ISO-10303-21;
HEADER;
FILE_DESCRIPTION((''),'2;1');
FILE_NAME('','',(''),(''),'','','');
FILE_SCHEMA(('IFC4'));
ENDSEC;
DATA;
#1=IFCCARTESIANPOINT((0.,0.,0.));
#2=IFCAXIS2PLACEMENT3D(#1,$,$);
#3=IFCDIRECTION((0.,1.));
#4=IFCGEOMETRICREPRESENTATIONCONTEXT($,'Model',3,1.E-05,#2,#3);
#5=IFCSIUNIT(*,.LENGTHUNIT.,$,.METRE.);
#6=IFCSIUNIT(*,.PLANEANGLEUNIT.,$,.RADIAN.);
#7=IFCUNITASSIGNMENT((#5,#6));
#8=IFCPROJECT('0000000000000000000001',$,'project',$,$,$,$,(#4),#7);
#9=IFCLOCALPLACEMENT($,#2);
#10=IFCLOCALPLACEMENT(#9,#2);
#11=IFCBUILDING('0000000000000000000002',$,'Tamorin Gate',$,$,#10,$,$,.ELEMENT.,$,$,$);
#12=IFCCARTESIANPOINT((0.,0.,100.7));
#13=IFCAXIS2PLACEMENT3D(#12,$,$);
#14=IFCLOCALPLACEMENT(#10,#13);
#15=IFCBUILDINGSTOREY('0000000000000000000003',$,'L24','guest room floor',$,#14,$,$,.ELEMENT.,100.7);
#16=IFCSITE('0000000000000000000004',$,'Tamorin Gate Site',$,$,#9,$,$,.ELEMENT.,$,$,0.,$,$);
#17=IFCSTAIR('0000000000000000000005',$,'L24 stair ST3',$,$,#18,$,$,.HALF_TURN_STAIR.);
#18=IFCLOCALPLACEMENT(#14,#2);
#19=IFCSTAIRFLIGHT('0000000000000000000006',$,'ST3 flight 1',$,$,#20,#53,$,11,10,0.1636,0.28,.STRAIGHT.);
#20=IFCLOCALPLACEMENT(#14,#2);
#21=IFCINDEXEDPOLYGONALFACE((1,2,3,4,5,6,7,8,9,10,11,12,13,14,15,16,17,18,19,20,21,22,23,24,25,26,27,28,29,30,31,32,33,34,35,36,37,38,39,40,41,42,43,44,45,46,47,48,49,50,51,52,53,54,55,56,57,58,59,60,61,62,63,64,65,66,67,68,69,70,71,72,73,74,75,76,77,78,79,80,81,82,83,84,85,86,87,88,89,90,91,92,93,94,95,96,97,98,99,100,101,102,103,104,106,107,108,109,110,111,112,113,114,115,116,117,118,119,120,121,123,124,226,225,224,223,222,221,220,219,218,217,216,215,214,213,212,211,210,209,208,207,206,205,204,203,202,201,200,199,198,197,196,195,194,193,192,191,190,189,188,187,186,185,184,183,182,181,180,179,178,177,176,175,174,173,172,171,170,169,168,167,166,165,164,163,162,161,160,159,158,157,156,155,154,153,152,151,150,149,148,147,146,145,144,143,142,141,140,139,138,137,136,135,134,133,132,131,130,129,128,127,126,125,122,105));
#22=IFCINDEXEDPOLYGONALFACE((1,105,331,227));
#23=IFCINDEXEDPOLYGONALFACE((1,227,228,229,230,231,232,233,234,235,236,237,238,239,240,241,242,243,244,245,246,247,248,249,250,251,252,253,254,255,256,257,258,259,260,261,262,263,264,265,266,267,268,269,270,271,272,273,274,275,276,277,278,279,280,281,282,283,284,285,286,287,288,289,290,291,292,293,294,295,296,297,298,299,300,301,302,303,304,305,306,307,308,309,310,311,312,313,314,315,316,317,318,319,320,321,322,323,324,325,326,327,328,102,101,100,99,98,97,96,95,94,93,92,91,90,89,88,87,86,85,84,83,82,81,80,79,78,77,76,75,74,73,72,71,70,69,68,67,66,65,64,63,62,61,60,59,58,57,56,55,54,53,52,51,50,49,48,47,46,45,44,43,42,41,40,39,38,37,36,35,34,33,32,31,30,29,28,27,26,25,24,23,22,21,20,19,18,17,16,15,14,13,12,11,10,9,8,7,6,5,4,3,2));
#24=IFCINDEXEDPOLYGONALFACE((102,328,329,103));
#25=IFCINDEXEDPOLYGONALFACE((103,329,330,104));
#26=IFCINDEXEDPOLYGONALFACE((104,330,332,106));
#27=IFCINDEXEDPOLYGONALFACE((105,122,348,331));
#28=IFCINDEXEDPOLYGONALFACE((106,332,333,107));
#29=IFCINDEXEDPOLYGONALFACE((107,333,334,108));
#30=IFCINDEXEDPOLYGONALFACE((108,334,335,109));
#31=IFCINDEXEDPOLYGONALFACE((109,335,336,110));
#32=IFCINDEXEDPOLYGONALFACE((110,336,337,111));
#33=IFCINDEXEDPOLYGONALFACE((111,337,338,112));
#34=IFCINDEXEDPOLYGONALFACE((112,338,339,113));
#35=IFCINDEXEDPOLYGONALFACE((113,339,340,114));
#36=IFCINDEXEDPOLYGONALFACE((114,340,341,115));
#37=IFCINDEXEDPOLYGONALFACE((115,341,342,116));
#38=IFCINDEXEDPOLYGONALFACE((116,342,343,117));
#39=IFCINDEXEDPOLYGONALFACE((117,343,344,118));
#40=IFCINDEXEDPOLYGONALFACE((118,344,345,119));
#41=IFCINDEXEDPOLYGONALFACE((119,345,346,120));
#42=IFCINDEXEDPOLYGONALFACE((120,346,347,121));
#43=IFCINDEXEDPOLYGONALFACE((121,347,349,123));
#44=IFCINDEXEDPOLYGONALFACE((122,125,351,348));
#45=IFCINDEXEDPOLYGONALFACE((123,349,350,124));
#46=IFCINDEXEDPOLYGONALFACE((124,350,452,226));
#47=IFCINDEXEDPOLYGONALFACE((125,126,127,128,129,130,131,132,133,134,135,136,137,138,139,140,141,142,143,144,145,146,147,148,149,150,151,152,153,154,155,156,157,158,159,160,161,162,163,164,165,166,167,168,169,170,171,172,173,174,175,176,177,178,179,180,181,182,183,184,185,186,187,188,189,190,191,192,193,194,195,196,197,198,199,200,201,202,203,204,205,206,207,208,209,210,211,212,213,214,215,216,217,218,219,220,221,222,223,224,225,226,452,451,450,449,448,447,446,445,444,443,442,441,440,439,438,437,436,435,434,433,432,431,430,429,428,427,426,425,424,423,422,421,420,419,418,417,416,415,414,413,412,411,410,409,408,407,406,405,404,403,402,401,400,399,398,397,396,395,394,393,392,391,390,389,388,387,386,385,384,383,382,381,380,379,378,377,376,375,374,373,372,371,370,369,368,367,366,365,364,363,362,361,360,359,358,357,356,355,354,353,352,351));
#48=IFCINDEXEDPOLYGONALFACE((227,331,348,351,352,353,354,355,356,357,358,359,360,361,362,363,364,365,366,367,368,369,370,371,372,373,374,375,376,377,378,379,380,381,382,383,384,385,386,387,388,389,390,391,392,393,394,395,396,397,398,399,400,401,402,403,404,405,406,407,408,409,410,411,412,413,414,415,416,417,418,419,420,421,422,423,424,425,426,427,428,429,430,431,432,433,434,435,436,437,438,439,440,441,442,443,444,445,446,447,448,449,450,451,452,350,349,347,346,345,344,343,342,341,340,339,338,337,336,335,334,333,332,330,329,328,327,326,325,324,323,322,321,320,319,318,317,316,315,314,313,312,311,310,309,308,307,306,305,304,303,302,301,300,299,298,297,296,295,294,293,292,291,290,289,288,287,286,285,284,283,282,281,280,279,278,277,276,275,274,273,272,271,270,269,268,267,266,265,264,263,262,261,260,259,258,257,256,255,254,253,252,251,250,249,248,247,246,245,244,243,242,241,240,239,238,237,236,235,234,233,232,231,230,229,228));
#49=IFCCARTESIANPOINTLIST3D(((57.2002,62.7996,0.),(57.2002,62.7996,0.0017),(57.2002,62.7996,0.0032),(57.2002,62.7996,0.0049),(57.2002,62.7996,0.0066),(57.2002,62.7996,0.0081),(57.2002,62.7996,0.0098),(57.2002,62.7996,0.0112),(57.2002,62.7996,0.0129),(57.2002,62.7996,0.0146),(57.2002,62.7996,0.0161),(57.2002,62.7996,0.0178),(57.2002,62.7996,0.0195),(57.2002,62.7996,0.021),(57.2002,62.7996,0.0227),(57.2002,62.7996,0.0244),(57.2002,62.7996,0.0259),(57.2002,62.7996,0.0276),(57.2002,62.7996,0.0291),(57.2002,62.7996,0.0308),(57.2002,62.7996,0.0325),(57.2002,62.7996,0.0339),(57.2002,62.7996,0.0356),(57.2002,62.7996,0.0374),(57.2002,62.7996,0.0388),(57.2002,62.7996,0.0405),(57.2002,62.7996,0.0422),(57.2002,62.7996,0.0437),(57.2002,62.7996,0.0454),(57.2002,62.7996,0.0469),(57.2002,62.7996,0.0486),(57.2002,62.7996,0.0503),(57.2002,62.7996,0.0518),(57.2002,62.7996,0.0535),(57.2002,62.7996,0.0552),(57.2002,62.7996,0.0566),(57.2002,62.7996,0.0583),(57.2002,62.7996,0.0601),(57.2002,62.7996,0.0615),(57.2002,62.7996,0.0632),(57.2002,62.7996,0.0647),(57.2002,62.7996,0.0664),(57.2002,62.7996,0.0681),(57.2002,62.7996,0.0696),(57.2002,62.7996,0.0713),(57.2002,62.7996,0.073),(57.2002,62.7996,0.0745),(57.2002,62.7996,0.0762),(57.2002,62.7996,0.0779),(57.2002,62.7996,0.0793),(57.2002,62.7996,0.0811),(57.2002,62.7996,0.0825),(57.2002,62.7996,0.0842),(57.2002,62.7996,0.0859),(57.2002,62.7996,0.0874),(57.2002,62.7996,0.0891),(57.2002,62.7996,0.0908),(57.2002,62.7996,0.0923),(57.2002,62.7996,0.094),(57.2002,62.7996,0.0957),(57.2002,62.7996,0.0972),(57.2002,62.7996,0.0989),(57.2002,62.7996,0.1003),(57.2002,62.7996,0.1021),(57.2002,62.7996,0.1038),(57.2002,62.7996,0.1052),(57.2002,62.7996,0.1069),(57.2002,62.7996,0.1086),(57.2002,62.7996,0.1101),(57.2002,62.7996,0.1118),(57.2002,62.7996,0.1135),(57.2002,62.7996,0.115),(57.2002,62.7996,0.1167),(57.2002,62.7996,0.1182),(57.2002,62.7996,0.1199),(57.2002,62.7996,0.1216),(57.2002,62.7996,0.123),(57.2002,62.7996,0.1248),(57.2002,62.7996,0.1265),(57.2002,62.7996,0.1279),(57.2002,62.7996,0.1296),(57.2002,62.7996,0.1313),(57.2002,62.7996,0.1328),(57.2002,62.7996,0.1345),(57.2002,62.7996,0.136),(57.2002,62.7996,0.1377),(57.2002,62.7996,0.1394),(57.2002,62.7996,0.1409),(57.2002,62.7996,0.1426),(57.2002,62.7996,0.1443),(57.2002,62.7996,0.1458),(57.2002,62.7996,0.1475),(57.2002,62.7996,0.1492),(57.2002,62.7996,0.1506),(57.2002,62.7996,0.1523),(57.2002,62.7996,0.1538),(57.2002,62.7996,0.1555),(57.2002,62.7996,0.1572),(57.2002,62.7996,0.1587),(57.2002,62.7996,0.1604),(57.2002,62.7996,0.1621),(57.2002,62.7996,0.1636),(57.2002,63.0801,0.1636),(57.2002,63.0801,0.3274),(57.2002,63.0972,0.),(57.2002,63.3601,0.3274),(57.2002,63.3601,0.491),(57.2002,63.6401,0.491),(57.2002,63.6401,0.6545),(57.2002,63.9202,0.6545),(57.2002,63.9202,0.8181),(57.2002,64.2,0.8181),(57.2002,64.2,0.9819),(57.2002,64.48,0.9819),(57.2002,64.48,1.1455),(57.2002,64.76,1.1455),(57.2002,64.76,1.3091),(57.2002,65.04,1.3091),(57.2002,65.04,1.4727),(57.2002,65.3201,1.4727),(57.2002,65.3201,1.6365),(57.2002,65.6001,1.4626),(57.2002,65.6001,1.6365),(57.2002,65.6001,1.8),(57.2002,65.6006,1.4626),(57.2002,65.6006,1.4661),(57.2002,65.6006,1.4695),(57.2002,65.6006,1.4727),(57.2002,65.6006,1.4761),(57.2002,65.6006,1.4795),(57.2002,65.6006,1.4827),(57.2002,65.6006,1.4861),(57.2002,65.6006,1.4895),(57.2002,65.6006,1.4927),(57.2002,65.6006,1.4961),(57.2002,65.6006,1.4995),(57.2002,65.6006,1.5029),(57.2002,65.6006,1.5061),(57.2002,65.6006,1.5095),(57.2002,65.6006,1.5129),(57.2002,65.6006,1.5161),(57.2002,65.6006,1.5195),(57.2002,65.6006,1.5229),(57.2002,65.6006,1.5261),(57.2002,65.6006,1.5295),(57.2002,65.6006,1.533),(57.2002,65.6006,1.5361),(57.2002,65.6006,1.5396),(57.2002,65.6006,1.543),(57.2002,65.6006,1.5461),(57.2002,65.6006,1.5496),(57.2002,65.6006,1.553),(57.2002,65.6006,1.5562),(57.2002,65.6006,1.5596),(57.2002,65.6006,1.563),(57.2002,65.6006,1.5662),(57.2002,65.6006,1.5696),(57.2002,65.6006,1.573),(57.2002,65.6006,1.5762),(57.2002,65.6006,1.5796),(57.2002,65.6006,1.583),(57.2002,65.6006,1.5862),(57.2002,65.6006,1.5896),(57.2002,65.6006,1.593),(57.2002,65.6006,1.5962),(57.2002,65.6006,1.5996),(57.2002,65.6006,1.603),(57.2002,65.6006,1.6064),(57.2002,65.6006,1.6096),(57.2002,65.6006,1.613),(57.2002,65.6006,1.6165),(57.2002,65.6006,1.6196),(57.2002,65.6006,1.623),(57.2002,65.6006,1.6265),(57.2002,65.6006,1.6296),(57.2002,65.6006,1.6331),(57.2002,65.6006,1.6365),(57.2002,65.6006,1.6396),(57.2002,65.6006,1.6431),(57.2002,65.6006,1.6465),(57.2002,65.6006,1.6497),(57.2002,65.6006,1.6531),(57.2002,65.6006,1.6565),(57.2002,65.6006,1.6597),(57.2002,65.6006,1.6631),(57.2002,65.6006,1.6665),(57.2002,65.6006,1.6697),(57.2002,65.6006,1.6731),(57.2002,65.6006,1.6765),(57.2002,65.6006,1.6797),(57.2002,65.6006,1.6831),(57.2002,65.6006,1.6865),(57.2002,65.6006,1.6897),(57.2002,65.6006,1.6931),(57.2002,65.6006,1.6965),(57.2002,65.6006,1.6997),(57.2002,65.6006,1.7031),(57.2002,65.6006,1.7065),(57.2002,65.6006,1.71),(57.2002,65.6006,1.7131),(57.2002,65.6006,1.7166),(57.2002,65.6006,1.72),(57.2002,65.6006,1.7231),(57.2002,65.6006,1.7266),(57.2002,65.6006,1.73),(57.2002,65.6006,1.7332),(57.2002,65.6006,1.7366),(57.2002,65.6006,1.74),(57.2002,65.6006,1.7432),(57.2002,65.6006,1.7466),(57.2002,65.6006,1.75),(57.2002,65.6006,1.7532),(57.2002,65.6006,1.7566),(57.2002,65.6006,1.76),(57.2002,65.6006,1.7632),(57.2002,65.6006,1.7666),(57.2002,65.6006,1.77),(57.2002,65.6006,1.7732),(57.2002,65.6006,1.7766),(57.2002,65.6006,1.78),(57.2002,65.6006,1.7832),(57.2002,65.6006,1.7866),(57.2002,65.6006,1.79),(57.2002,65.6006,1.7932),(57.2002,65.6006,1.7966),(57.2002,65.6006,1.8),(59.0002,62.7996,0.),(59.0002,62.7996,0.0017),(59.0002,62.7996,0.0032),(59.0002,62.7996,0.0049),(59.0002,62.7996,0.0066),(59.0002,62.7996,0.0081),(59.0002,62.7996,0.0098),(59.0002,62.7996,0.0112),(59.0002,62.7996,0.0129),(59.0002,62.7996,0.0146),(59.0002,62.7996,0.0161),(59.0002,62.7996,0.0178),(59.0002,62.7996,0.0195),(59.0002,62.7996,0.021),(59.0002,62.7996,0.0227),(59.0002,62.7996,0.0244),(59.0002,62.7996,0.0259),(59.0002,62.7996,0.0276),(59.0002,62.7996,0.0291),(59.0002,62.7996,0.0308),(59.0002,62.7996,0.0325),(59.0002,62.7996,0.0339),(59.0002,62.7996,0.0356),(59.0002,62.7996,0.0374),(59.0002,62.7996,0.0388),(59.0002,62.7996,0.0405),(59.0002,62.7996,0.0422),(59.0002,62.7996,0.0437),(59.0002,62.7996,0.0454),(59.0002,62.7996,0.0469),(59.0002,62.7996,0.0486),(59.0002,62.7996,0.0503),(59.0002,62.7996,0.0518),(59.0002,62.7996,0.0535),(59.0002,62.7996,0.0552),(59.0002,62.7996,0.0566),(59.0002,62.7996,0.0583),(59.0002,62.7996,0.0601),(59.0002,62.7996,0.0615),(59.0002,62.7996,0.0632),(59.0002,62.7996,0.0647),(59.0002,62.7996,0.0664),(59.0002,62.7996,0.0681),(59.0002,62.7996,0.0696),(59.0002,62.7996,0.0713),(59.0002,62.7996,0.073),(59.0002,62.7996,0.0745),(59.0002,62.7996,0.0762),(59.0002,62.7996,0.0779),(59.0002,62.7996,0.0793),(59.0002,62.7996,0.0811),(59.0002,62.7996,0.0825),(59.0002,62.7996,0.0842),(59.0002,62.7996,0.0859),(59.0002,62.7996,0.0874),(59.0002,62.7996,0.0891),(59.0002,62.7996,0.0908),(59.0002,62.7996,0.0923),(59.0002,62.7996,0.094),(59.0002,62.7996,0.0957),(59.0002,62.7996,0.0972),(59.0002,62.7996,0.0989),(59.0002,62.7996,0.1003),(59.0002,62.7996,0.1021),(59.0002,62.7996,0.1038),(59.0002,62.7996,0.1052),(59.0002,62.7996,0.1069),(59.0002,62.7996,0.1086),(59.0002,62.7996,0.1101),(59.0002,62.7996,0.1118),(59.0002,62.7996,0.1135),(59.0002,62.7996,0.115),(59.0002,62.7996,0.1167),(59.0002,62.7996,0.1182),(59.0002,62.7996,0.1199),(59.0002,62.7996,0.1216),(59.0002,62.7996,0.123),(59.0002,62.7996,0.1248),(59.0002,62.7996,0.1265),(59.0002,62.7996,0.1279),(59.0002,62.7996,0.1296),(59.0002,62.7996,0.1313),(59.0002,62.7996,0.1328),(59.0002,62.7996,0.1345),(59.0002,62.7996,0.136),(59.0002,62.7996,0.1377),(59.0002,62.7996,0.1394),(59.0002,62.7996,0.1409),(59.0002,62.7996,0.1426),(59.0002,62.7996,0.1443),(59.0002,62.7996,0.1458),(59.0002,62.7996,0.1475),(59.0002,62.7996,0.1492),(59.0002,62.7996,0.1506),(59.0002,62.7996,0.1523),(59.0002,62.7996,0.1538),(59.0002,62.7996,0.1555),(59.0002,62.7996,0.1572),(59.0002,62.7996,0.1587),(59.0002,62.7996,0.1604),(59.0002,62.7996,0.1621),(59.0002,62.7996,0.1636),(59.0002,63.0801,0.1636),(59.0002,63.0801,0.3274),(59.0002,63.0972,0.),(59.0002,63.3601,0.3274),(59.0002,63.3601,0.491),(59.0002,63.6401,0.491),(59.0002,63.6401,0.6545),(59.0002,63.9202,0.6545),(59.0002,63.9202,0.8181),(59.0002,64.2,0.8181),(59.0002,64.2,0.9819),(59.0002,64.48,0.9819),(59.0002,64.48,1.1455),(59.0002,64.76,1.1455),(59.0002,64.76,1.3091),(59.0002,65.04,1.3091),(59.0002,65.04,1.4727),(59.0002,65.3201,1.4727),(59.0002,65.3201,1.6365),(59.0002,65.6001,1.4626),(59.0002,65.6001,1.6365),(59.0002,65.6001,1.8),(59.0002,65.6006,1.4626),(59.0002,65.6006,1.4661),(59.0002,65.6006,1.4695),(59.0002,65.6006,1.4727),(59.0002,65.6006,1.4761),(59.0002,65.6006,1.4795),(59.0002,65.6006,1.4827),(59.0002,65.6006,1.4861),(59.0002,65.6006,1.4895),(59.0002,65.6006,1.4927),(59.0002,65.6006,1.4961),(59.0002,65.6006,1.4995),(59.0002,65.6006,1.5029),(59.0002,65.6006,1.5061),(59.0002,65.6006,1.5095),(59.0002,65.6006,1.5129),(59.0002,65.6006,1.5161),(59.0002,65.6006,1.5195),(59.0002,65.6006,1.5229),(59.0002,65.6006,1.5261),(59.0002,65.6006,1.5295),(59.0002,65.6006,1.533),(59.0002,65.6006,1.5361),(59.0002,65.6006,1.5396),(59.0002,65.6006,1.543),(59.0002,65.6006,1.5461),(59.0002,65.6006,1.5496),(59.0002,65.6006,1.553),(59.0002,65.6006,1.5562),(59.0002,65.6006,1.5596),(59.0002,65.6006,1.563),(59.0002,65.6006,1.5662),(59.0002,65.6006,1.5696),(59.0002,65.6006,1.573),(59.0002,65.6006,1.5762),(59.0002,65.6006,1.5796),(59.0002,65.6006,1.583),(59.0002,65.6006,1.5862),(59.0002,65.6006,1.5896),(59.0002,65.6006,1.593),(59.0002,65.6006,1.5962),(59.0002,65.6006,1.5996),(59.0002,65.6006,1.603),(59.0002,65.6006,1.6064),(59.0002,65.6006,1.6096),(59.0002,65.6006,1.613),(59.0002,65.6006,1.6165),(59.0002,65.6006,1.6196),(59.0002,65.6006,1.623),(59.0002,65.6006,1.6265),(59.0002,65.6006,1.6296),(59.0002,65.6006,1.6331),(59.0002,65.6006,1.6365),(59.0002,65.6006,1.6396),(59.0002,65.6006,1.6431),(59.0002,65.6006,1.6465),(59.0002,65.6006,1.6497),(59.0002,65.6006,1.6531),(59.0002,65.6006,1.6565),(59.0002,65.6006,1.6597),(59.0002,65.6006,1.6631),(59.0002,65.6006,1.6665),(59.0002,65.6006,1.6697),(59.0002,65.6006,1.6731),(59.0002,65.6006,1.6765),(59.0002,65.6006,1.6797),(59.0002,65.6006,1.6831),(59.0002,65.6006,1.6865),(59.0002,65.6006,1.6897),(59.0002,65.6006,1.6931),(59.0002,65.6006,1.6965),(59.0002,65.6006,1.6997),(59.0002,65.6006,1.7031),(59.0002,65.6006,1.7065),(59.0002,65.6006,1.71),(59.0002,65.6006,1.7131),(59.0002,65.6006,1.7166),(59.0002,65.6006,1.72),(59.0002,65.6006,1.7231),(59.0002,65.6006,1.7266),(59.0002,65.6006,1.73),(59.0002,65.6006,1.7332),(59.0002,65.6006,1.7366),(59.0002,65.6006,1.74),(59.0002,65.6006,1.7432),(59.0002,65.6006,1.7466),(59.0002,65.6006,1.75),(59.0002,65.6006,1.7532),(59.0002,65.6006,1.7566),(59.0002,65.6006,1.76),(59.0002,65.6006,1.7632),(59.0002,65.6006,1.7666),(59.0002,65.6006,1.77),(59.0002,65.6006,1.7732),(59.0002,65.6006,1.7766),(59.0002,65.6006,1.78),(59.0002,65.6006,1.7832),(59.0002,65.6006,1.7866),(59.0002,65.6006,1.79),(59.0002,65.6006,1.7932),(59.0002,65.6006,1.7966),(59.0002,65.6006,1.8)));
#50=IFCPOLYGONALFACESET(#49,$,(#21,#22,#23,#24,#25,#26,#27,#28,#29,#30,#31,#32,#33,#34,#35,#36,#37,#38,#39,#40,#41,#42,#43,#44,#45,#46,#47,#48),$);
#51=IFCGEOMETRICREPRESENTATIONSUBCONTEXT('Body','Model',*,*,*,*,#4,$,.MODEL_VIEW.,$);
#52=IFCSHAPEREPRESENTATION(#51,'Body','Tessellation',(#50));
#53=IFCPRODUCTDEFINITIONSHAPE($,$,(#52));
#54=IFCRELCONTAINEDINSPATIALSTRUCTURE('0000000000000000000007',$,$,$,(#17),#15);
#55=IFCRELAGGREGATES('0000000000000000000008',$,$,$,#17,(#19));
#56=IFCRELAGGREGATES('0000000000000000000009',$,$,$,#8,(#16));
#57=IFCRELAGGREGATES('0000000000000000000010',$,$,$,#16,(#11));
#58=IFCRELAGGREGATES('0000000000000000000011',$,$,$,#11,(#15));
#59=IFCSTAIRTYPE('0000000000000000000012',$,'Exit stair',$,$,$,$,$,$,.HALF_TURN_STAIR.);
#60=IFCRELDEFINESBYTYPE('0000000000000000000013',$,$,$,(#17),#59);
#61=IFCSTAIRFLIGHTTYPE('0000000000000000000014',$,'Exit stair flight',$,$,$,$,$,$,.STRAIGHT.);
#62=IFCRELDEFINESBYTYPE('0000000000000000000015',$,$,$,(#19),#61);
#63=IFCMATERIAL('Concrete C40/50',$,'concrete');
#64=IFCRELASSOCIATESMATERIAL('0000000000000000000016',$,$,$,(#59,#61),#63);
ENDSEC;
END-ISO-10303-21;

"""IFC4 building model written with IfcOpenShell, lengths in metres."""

from ifc_helpers import new_model, si_unit, direction, frame, origin, place, context, subcontext, project, spatial, polyline, outline, extrude, material, type_object, element, aggregate, save


model = new_model("IFC4")

# Units and contexts
model_context = context("Model", 3, precision=1e-05, world=origin(), true_north=direction((0.0, 1.0)))
body_context = subcontext(model_context, "Body", "Model", "MODEL_VIEW")
ifc_project = project(units=[si_unit("LENGTHUNIT", "METRE"), si_unit("PLANEANGLEUNIT", "RADIAN")], contexts=[model_context])

# Site, building, storey
site_placement = place(None, origin())
site = spatial("IfcSite", under=ifc_project, at=site_placement, Name="Tamorin Gate Site", CompositionType="ELEMENT", RefElevation=0.0)
building_placement = place(site_placement, origin())
building = spatial("IfcBuilding", under=site, at=building_placement, Name="Tamorin Gate", CompositionType="ELEMENT")
storey_placement = place(building_placement, frame((0.0, 0.0, 100.7)))
storey = spatial("IfcBuildingStorey", under=building, at=storey_placement, Name="L24", Description="guest room floor", CompositionType="ELEMENT", Elevation=100.7)

# Shared definitions
ifc_material_1 = material(Name="Concrete C40/50", Category="concrete")

# Stair, stair flight
stair_type = type_object("IfcStairType", Name="Exit stair", PredefinedType="HALF_TURN_STAIR", material=ifc_material_1)
stair_placement = place(storey_placement, origin())
stair = element("IfcStair", 1, at=stair_placement, inside=storey, type_object=stair_type, Name="L24 stair ST3", PredefinedType="HALF_TURN_STAIR")
stair_flight_type = type_object("IfcStairFlightType", Name="Exit stair flight", PredefinedType="STRAIGHT", material=ifc_material_1)
stair_flight_1_placement = place(storey_placement, frame((58.1001, 62.8, 0.0), z_axis=(0.0, 0.0, 1.0), x_axis=(0.0, 1.0, 0.0)))
stair_flight_1 = element("IfcStairFlight", 2, at=stair_flight_1_placement, type_object=stair_flight_type, Name="ST3 flight 1", NumberOfRisers=11, NumberOfTreads=10, PredefinedType="STRAIGHT", RiserHeight=0.1636, TreadLength=0.28, context=body_context, shape_type="SweptSolid", body=[
    extrude(outline(polyline([(-0.0005, 0.0), (-0.0005, 0.0017), (-0.0005, 0.0032), (-0.0005, 0.0049), (-0.0005, 0.0066), (-0.0005, 0.0081), (-0.0005, 0.0098), (-0.0005, 0.0112), (-0.0005, 0.0129), (-0.0005, 0.0146), (-0.0005, 0.0161), (-0.0005, 0.0178), (-0.0005, 0.0195), (-0.0005, 0.021), (-0.0005, 0.0227), (-0.0005, 0.0244), (-0.0005, 0.0259), (-0.0005, 0.0276), (-0.0005, 0.0291), (-0.0005, 0.0308), (-0.0005, 0.0325), (-0.0005, 0.0339), (-0.0005, 0.0356), (-0.0005, 0.0374), (-0.0005, 0.0388), (-0.0005, 0.0405), (-0.0005, 0.0422), (-0.0005, 0.0437), (-0.0005, 0.0454), (-0.0005, 0.0469), (-0.0005, 0.0486), (-0.0005, 0.0503), (-0.0005, 0.0518), (-0.0005, 0.0535), (-0.0005, 0.0552), (-0.0005, 0.0566), (-0.0005, 0.0583), (-0.0005, 0.0601), (-0.0005, 0.0615), (-0.0005, 0.0632), (-0.0005, 0.0647), (-0.0005, 0.0664), (-0.0005, 0.0681), (-0.0005, 0.0696), (-0.0005, 0.0713), (-0.0005, 0.073), (-0.0005, 0.0745), (-0.0005, 0.0762), (-0.0005, 0.0779), (-0.0005, 0.0793), (-0.0005, 0.0811), (-0.0005, 0.0825), (-0.0005, 0.0842), (-0.0005, 0.0859), (-0.0005, 0.0874), (-0.0005, 0.0891), (-0.0005, 0.0908), (-0.0005, 0.0923), (-0.0005, 0.094), (-0.0005, 0.0957), (-0.0005, 0.0972), (-0.0005, 0.0989), (-0.0005, 0.1003), (-0.0005, 0.1021), (-0.0005, 0.1038), (-0.0005, 0.1052), (-0.0005, 0.1069), (-0.0005, 0.1086), (-0.0005, 0.1101), (-0.0005, 0.1118), (-0.0005, 0.1135), (-0.0005, 0.115), (-0.0005, 0.1167), (-0.0005, 0.1182), (-0.0005, 0.1199), (-0.0005, 0.1216), (-0.0005, 0.123), (-0.0005, 0.1248), (-0.0005, 0.1265), (-0.0005, 0.1279), (-0.0005, 0.1296), (-0.0005, 0.1313), (-0.0005, 0.1328), (-0.0005, 0.1345), (-0.0005, 0.136), (-0.0005, 0.1377), (-0.0005, 0.1394), (-0.0005, 0.1409), (-0.0005, 0.1426), (-0.0005, 0.1443), (-0.0005, 0.1458), (-0.0005, 0.1475), (-0.0005, 0.1492), (-0.0005, 0.1506), (-0.0005, 0.1523), (-0.0005, 0.1538), (-0.0005, 0.1555), (-0.0005, 0.1572), (-0.0005, 0.1587), (-0.0005, 0.1604), (-0.0005, 0.1621), (-0.0005, 0.1636), (0.28, 0.1636), (0.28, 0.3274), (0.5601, 0.3274), (0.5601, 0.491), (0.8401, 0.491), (0.8401, 0.6545), (1.1201, 0.6545), (1.1201, 0.8181), (1.3999, 0.8181), (1.3999, 0.9819), (1.6799, 0.9819), (1.6799, 1.1455), (1.96, 1.1455), (1.96, 1.3091), (2.24, 1.3091), (2.24, 1.4727), (2.52, 1.4727), (2.52, 1.6365), (2.8, 1.6365), (2.8, 1.8), (2.8005, 1.8), (2.8005, 1.7966), (2.8005, 1.7932), (2.8005, 1.79), (2.8005, 1.7866), (2.8005, 1.7832), (2.8005, 1.78), (2.8005, 1.7766), (2.8005, 1.7732), (2.8005, 1.77), (2.8005, 1.7666), (2.8005, 1.7632), (2.8005, 1.76), (2.8005, 1.7566), (2.8005, 1.7532), (2.8005, 1.75), (2.8005, 1.7466), (2.8005, 1.7432), (2.8005, 1.74), (2.8005, 1.7366), (2.8005, 1.7332), (2.8005, 1.73), (2.8005, 1.7266), (2.8005, 1.7231), (2.8005, 1.72), (2.8005, 1.7166), (2.8005, 1.7131), (2.8005, 1.71), (2.8005, 1.7065), (2.8005, 1.7031), (2.8005, 1.6997), (2.8005, 1.6965), (2.8005, 1.6931), (2.8005, 1.6897), (2.8005, 1.6865), (2.8005, 1.6831), (2.8005, 1.6797), (2.8005, 1.6765), (2.8005, 1.6731), (2.8005, 1.6697), (2.8005, 1.6665), (2.8005, 1.6631), (2.8005, 1.6597), (2.8005, 1.6565), (2.8005, 1.6531), (2.8005, 1.6497), (2.8005, 1.6465), (2.8005, 1.6431), (2.8005, 1.6396), (2.8005, 1.6365), (2.8005, 1.6331), (2.8005, 1.6296), (2.8005, 1.6265), (2.8005, 1.623), (2.8005, 1.6196), (2.8005, 1.6165), (2.8005, 1.613), (2.8005, 1.6096), (2.8005, 1.6064), (2.8005, 1.603), (2.8005, 1.5996), (2.8005, 1.5962), (2.8005, 1.593), (2.8005, 1.5896), (2.8005, 1.5862), (2.8005, 1.583), (2.8005, 1.5796), (2.8005, 1.5762), (2.8005, 1.573), (2.8005, 1.5696), (2.8005, 1.5662), (2.8005, 1.563), (2.8005, 1.5596), (2.8005, 1.5562), (2.8005, 1.553), (2.8005, 1.5496), (2.8005, 1.5461), (2.8005, 1.543), (2.8005, 1.5396), (2.8005, 1.5361), (2.8005, 1.533), (2.8005, 1.5295), (2.8005, 1.5261), (2.8005, 1.5229), (2.8005, 1.5195), (2.8005, 1.5161), (2.8005, 1.5129), (2.8005, 1.5095), (2.8005, 1.5061), (2.8005, 1.5029), (2.8005, 1.4995), (2.8005, 1.4961), (2.8005, 1.4927), (2.8005, 1.4895), (2.8005, 1.4861), (2.8005, 1.4827), (2.8005, 1.4795), (2.8005, 1.4761), (2.8005, 1.4727), (2.8005, 1.4695), (2.8005, 1.4661), (2.8005, 1.4626), (2.8, 1.4626), (0.2971, 0.0), (-0.0005, 0.0)])), frame((0.0, 0.8999, 0.0), z_axis=(0.0, -1.0, 0.0), x_axis=(1.0, 0.0, 0.0)), (0.0, 0.0, 1.0), 1.8),
])
aggregate(stair, [stair_flight_1])

save(model, "model.ifc")
